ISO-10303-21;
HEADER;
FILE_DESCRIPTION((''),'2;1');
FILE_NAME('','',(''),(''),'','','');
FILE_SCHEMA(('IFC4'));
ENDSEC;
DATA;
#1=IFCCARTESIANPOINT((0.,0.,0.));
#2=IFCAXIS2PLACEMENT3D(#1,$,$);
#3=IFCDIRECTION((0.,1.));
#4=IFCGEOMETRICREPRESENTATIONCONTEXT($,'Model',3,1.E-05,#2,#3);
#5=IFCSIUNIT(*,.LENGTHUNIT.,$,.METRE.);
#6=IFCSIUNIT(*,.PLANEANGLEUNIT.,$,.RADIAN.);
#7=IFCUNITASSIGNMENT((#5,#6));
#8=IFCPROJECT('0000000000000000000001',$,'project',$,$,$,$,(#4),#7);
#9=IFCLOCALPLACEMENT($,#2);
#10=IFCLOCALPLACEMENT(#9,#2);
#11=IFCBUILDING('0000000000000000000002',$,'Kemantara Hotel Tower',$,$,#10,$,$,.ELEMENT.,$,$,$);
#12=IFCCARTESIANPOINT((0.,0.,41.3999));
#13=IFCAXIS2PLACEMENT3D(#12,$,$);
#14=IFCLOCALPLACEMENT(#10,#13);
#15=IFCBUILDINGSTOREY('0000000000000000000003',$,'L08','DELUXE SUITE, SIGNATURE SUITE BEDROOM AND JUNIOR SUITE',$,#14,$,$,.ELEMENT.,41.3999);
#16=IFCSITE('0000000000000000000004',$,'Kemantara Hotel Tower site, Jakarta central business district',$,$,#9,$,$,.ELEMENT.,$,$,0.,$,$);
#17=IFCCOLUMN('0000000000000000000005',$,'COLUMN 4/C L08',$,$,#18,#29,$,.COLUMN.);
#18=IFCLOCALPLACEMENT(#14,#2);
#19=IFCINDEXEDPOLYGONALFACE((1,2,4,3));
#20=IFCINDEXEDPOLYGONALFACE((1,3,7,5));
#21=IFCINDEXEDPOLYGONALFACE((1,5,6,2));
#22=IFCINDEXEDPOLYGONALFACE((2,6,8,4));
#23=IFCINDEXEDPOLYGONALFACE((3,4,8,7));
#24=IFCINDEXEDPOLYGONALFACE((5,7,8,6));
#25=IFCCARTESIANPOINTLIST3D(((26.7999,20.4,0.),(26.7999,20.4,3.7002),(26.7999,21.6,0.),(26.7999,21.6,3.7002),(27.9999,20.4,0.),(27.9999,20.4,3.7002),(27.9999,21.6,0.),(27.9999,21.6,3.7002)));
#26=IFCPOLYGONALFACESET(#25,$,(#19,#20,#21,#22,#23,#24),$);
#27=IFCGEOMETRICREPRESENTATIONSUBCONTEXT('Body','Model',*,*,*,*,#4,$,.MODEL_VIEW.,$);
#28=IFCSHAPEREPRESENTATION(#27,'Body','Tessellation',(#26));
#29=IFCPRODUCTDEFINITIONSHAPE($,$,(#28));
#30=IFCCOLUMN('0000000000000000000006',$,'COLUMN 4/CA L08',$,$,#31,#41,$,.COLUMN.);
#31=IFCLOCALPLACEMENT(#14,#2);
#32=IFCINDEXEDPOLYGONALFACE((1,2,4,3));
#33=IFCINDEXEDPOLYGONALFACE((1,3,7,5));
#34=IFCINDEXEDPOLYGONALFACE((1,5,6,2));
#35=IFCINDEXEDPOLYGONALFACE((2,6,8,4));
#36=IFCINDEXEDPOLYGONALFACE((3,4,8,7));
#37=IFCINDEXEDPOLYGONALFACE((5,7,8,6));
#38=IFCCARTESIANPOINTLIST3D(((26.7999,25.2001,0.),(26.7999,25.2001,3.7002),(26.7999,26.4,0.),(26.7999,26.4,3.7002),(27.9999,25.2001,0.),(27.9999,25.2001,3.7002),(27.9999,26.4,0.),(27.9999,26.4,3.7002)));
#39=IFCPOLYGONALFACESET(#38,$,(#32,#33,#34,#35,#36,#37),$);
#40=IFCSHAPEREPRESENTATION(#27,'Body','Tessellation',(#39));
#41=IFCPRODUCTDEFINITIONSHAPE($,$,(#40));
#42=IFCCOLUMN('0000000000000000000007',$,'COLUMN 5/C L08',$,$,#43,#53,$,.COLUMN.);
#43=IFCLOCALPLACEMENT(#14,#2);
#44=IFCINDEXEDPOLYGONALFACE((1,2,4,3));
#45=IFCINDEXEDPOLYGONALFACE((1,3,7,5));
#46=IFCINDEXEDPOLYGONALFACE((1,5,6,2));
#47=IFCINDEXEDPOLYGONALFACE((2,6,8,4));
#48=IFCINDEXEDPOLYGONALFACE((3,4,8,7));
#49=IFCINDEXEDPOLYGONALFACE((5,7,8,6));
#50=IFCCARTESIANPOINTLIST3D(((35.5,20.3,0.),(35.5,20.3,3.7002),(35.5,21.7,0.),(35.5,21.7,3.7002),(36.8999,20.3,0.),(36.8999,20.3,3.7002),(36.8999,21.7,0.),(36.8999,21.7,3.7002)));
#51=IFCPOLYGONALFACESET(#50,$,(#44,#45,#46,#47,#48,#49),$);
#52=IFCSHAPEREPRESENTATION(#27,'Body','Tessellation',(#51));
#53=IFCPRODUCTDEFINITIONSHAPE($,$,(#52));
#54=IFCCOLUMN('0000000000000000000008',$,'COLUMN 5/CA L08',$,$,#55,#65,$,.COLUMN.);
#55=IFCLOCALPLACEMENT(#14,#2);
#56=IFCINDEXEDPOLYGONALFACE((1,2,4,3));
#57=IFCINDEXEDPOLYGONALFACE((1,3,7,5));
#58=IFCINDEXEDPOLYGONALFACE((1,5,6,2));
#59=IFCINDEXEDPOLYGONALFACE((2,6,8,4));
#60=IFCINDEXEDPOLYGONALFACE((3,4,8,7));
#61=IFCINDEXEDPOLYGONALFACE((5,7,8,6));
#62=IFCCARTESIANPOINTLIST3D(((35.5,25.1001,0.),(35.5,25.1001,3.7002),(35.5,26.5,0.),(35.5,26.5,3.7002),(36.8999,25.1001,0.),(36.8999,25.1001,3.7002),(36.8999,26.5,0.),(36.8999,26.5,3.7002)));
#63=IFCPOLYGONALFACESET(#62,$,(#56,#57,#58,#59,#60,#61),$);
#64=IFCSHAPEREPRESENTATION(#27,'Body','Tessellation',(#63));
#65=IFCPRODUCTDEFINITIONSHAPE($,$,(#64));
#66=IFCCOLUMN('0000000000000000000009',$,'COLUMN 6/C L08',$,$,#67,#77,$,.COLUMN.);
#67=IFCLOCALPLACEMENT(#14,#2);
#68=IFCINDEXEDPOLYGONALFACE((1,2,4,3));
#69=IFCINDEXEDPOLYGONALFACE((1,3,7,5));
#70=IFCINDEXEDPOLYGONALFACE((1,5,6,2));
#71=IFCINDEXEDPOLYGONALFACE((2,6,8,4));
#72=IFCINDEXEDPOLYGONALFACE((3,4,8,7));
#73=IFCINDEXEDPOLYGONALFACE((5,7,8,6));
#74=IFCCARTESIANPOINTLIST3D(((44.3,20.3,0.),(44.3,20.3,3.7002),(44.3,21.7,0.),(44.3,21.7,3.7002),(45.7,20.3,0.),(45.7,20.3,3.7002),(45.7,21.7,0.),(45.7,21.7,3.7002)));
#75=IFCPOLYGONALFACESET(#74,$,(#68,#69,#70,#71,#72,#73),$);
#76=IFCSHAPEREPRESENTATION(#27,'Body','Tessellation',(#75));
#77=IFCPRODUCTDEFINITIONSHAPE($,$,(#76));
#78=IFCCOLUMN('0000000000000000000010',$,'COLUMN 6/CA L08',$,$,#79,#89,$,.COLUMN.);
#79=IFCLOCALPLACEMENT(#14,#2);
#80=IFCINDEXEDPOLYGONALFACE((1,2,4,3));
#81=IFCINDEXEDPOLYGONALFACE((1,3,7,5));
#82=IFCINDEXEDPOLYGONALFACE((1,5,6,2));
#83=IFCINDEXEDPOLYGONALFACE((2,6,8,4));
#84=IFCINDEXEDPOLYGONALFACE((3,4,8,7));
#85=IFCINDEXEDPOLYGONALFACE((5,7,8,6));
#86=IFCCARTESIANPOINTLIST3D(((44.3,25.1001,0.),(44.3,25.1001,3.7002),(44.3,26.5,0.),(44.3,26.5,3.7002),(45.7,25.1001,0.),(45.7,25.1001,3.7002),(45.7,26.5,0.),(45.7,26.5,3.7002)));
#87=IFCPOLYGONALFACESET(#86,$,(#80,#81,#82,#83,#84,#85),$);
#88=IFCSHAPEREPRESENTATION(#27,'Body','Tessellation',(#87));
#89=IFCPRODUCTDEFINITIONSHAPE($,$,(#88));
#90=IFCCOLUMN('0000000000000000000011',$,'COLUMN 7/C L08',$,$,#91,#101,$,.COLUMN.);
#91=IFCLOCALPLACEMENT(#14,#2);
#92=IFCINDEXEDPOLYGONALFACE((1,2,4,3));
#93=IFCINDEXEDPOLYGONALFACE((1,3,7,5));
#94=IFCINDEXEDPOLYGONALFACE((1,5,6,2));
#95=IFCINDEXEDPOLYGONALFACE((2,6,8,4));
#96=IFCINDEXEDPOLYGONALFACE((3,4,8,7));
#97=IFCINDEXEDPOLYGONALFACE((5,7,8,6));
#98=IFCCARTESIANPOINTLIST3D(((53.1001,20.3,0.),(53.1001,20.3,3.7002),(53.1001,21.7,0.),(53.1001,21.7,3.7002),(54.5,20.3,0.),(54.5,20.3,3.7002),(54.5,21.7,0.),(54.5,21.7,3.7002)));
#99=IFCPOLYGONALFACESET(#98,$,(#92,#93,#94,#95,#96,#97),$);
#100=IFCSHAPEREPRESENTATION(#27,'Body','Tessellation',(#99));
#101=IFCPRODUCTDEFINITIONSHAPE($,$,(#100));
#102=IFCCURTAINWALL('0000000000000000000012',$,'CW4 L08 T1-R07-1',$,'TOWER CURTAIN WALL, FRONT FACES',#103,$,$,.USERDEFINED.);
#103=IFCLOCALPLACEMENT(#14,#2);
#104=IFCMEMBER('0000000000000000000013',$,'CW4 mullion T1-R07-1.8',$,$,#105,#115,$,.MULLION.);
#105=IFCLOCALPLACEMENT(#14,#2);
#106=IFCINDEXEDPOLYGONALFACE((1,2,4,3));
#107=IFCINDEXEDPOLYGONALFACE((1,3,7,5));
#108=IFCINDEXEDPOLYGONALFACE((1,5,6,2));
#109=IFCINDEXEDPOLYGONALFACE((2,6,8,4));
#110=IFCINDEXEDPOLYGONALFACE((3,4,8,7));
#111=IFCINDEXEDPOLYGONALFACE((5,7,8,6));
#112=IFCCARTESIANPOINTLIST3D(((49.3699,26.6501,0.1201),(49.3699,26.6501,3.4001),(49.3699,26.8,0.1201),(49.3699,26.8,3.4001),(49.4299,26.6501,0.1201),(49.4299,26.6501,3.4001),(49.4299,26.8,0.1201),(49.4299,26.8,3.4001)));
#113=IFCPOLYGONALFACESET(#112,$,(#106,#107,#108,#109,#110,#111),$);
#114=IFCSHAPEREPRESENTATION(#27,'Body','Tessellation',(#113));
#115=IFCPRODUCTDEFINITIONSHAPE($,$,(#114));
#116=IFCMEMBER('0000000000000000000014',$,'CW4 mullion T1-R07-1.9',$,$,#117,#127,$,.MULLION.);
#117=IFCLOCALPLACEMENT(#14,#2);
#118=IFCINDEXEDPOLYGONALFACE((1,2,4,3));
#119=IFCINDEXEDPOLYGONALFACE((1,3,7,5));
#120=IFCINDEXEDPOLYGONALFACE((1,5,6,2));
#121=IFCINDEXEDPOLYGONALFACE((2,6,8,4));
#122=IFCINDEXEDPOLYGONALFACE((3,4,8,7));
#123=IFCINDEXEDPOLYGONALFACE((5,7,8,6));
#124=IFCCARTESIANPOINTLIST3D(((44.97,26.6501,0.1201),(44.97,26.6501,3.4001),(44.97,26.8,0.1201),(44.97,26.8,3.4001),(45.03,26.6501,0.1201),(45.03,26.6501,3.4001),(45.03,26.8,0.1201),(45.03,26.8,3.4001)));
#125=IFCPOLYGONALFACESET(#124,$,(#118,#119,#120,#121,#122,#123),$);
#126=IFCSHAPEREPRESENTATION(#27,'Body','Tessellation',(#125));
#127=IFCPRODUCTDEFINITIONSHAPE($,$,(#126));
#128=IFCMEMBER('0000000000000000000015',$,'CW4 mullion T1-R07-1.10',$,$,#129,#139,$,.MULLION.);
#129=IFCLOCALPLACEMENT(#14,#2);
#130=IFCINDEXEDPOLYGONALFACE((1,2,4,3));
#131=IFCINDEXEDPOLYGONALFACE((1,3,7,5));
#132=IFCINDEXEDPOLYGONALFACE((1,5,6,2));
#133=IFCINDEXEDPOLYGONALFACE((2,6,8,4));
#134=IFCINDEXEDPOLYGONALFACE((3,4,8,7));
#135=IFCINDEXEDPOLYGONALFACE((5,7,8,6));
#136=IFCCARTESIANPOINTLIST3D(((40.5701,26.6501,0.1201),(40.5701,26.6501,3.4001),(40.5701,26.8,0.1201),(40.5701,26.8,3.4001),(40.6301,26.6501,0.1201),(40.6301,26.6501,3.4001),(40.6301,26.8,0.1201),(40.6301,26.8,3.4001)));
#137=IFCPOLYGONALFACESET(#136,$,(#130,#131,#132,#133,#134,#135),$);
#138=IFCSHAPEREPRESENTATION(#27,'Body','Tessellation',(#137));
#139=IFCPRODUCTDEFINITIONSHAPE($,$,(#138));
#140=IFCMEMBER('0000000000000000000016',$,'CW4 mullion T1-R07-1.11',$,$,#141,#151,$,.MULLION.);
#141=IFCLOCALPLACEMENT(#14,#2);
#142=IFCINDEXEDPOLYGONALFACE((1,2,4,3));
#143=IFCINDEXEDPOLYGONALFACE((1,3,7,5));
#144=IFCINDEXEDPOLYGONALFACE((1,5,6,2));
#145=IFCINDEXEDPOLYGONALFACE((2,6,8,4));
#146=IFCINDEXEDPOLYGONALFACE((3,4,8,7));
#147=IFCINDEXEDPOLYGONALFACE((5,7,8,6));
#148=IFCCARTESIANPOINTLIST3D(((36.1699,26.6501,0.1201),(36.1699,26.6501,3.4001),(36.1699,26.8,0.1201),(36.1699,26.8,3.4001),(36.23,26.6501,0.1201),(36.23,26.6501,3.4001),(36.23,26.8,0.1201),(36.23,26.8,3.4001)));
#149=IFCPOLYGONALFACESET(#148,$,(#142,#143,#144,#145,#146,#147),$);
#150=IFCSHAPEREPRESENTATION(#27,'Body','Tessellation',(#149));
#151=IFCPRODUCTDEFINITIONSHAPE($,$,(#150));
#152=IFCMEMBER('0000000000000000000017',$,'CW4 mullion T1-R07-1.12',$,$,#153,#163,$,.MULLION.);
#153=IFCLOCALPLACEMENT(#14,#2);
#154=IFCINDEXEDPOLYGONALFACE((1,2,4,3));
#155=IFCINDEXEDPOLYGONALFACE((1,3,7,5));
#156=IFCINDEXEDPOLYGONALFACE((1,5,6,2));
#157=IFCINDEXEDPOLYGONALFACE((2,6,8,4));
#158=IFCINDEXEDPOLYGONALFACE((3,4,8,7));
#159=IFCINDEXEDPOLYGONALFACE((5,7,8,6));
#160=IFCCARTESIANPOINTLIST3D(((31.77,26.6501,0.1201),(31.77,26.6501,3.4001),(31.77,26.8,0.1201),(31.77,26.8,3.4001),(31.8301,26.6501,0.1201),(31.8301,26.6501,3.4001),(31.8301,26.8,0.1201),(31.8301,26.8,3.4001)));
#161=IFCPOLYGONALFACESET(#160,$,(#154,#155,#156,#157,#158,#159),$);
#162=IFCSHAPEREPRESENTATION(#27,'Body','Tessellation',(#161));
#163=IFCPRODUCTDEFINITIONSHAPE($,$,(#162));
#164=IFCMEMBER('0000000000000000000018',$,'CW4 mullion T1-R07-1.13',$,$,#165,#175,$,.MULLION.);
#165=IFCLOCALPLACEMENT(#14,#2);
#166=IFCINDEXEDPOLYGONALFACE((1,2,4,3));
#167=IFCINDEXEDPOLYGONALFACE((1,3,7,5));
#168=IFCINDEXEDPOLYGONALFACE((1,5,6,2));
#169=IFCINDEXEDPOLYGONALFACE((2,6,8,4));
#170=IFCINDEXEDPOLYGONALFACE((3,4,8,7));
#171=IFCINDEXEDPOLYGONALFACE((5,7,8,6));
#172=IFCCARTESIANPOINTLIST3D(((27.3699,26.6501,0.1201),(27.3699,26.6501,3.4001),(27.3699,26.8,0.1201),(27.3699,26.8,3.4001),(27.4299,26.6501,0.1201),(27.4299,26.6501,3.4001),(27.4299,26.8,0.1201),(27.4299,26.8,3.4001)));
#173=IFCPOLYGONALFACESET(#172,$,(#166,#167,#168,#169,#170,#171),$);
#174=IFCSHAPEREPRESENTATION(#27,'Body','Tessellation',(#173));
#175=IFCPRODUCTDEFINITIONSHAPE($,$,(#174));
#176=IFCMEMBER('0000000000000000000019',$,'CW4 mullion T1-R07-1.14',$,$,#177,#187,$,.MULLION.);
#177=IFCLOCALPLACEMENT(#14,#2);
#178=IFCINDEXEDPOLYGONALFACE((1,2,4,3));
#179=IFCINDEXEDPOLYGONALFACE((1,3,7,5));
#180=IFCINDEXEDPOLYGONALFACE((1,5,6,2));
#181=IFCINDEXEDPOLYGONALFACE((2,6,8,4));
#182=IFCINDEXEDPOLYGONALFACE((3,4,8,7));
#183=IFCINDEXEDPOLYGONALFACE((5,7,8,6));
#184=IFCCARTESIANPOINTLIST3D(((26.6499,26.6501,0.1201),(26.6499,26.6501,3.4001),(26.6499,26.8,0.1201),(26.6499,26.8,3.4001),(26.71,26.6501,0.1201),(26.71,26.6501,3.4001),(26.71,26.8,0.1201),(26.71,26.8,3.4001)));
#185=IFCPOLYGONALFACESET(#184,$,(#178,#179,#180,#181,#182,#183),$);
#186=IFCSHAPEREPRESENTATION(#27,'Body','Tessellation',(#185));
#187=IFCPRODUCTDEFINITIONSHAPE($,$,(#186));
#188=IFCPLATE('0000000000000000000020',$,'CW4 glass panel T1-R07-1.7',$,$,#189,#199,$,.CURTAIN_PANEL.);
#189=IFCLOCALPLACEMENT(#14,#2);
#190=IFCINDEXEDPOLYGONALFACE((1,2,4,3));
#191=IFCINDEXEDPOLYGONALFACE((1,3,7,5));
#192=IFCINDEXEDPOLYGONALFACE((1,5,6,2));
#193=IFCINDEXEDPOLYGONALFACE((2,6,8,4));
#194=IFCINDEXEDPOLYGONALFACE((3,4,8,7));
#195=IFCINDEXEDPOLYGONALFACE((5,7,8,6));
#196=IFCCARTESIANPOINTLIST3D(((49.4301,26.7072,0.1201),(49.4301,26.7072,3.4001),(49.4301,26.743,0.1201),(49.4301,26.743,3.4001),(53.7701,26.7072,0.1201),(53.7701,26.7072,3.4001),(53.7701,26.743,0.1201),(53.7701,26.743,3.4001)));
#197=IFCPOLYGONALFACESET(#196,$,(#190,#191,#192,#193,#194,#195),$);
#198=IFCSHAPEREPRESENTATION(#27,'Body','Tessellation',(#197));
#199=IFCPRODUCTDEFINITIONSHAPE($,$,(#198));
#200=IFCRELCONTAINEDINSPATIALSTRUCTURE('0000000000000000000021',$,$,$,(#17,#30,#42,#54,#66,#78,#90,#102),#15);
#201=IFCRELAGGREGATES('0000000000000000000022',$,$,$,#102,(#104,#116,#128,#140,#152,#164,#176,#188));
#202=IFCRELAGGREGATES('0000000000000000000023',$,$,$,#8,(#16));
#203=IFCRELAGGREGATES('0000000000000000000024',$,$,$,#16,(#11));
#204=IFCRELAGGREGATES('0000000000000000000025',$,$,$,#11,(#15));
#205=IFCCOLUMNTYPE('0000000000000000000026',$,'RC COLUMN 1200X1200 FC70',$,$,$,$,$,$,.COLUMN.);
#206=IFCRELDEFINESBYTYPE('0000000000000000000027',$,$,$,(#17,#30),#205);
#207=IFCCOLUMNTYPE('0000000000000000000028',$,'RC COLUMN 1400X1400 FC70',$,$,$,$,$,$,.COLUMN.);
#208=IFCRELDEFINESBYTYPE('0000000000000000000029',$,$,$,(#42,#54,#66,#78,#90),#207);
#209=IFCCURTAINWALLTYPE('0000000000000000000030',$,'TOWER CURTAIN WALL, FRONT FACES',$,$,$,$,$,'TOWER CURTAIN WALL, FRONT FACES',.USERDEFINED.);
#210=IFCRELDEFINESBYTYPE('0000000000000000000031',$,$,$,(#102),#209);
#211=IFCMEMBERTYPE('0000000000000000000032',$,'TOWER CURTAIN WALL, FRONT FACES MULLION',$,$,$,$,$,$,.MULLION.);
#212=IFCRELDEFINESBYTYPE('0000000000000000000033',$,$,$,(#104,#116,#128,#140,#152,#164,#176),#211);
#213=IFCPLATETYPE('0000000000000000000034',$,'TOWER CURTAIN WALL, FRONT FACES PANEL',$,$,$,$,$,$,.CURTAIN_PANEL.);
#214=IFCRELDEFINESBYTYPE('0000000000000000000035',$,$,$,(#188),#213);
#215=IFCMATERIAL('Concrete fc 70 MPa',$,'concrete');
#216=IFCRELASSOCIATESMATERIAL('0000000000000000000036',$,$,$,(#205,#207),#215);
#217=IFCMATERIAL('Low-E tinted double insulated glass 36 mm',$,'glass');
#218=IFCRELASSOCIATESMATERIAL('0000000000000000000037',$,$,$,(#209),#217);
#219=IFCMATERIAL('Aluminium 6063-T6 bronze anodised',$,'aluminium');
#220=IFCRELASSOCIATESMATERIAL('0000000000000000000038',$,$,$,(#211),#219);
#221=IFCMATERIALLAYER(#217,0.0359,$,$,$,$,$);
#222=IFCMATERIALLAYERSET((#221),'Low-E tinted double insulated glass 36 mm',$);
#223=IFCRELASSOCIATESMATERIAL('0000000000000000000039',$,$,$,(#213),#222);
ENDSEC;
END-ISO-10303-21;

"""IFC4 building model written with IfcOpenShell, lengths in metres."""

from ifc_helpers import new_model, si_unit, direction, frame, origin, origin_2d, place, context, subcontext, project, spatial, rectangle, extrude, source, transform, mapped, material, layer, layer_set, material_profile, profile_set, type_object, element, aggregate, save


model = new_model("IFC4")

# Units and contexts
model_context = context("Model", 3, precision=1e-05, world=origin(), true_north=direction((0.0, 1.0)))
body_context = subcontext(model_context, "Body", "Model", "MODEL_VIEW")
ifc_project = project(units=[si_unit("LENGTHUNIT", "METRE"), si_unit("PLANEANGLEUNIT", "RADIAN")], contexts=[model_context])

# Site, building, storey
site_placement = place(None, origin())
site = spatial("IfcSite", under=ifc_project, at=site_placement, Name="Kemantara Hotel Tower site, Jakarta central business district", CompositionType="ELEMENT", RefElevation=0.0)
building_placement = place(site_placement, origin())
building = spatial("IfcBuilding", under=site, at=building_placement, Name="Kemantara Hotel Tower", CompositionType="ELEMENT")
storey_placement = place(building_placement, frame((0.0, 0.0, 41.3999)))
storey = spatial("IfcBuildingStorey", under=building, at=storey_placement, Name="L08", Description="DELUXE SUITE, SIGNATURE SUITE BEDROOM AND JUNIOR SUITE", CompositionType="ELEMENT", Elevation=41.3999)

# Columns
ifc_material_1 = material(Name="Concrete fc 70 MPa", Category="concrete")
ifc_material_profile_1 = material_profile(ifc_material_1, rectangle(XDim=1.2, YDim=1.2, at=origin_2d()), Name="RC 1200X1200")
ifc_profile_set_1 = profile_set([ifc_material_profile_1], Name="Concrete fc 70 MPa")
column_type_1 = type_object("IfcColumnType", Name="RC COLUMN 1200X1200 FC70", PredefinedType="COLUMN", material=ifc_profile_set_1)
for number, where, z_axis, x_axis, name in (
    (1, (27.3999, 21.0, 0.0), (0.0, 0.0, 1.0), (1.0, 0.0, 0.0), "COLUMN 4/C L08"),
    (2, (27.3999, 25.8, 0.0), (0.0, 0.0, 1.0), (1.0, 0.0, 0.0), "COLUMN 4/CA L08"),
):
    element("IfcColumn", number, at=place(storey_placement, frame(where, z_axis=z_axis, x_axis=x_axis)), inside=storey, type_object=column_type_1, Name=name, PredefinedType="COLUMN", context=body_context, shape_type="SweptSolid", body=[
        extrude(rectangle(XDim=1.2, YDim=1.2, at=origin_2d()), origin(), (0.0, 0.0, 1.0), 3.7002),
    ])
ifc_material_profile_2 = material_profile(ifc_material_1, rectangle(XDim=1.3999, YDim=1.3999, at=origin_2d()), Name="RC 1400X1400")
ifc_profile_set_2 = profile_set([ifc_material_profile_2], Name="Concrete fc 70 MPa")
column_type_2 = type_object("IfcColumnType", Name="RC COLUMN 1400X1400 FC70", PredefinedType="COLUMN", material=ifc_profile_set_2)
for number, where, z_axis, x_axis, name in (
    (3, (36.2, 21.0, 0.0), (0.0, 0.0, 1.0), (1.0, 0.0, 0.0), "COLUMN 5/C L08"),
    (4, (36.2, 25.8, 0.0), (0.0, 0.0, 1.0), (1.0, 0.0, 0.0), "COLUMN 5/CA L08"),
    (5, (45.0, 21.0, 0.0), (0.0, 0.0, 1.0), (1.0, 0.0, 0.0), "COLUMN 6/C L08"),
    (6, (45.0, 25.8, 0.0), (0.0, 0.0, 1.0), (1.0, 0.0, 0.0), "COLUMN 6/CA L08"),
    (7, (53.8, 21.0, 0.0), (0.0, 0.0, 1.0), (1.0, 0.0, 0.0), "COLUMN 7/C L08"),
):
    element("IfcColumn", number, at=place(storey_placement, frame(where, z_axis=z_axis, x_axis=x_axis)), inside=storey, type_object=column_type_2, Name=name, PredefinedType="COLUMN", context=body_context, shape_type="SweptSolid", body=[
        extrude(rectangle(XDim=1.3999, YDim=1.3999, at=origin_2d()), origin(), (0.0, 0.0, 1.0), 3.7002),
    ])

# Curtain wall, members, plate
ifc_material_2 = material(Name="Low-E tinted double insulated glass 36 mm", Category="glass")
curtain_wall_type = type_object("IfcCurtainWallType", Name="TOWER CURTAIN WALL, FRONT FACES", ElementType="TOWER CURTAIN WALL, FRONT FACES", PredefinedType="USERDEFINED", material=ifc_material_2)
curtain_wall_placement = place(storey_placement, origin())
curtain_wall = element("IfcCurtainWall", 8, at=curtain_wall_placement, inside=storey, type_object=curtain_wall_type, Name="CW4 L08 T1-R07-1", ObjectType="TOWER CURTAIN WALL, FRONT FACES", PredefinedType="USERDEFINED")
ifc_material_3 = material(Name="Aluminium 6063-T6 bronze anodised", Category="aluminium")
ifc_material_profile_3 = material_profile(ifc_material_3, rectangle(XDim=0.1499, YDim=0.0601, at=origin_2d()), Name="TOWER CURTAIN WALL, FRONT FACES MULLION")
ifc_profile_set_3 = profile_set([ifc_material_profile_3], Name="Aluminium 6063-T6 bronze anodised")
member_type = type_object("IfcMemberType", Name="TOWER CURTAIN WALL, FRONT FACES MULLION", PredefinedType="MULLION", material=ifc_profile_set_3)
shared_shape_1 = source(origin(), body_context, "Body", "SweptSolid", [
    extrude(rectangle(XDim=0.1499, YDim=0.0601, at=origin_2d()), origin(), (0.0, 0.0, 1.0), 3.28),
])
member_1_placement = place(storey_placement, frame((49.3999, 26.7251, 0.1201), z_axis=(0.0, 0.0, 1.0), x_axis=(0.0, -1.0, 0.0)))
member_1 = element("IfcMember", 9, at=member_1_placement, type_object=member_type, Name="CW4 mullion T1-R07-1.8", PredefinedType="MULLION", context=body_context, shape_type="MappedRepresentation", body=[
    mapped(shared_shape_1, transform((0.0, 0.0, 0.0))),
])
member_2_placement = place(storey_placement, frame((45.0, 26.7251, 0.1201), z_axis=(0.0, 0.0, 1.0), x_axis=(0.0, -1.0, 0.0)))
member_2 = element("IfcMember", 10, at=member_2_placement, type_object=member_type, Name="CW4 mullion T1-R07-1.9", PredefinedType="MULLION", context=body_context, shape_type="MappedRepresentation", body=[
    mapped(shared_shape_1, transform((0.0, 0.0, 0.0))),
])
member_3_placement = place(storey_placement, frame((40.6001, 26.7251, 0.1201), z_axis=(0.0, 0.0, 1.0), x_axis=(0.0, -1.0, 0.0)))
member_3 = element("IfcMember", 11, at=member_3_placement, type_object=member_type, Name="CW4 mullion T1-R07-1.10", PredefinedType="MULLION", context=body_context, shape_type="MappedRepresentation", body=[
    mapped(shared_shape_1, transform((0.0, 0.0, 0.0))),
])
member_4_placement = place(storey_placement, frame((36.2, 26.7251, 0.1201), z_axis=(0.0, 0.0, 1.0), x_axis=(0.0, -1.0, 0.0)))
member_4 = element("IfcMember", 12, at=member_4_placement, type_object=member_type, Name="CW4 mullion T1-R07-1.11", PredefinedType="MULLION", context=body_context, shape_type="MappedRepresentation", body=[
    mapped(shared_shape_1, transform((0.0, 0.0, 0.0))),
])
member_5_placement = place(storey_placement, frame((31.8, 26.7251, 0.1201), z_axis=(0.0, 0.0, 1.0), x_axis=(0.0, -1.0, 0.0)))
member_5 = element("IfcMember", 13, at=member_5_placement, type_object=member_type, Name="CW4 mullion T1-R07-1.12", PredefinedType="MULLION", context=body_context, shape_type="MappedRepresentation", body=[
    mapped(shared_shape_1, transform((0.0, 0.0, 0.0))),
])
member_6_placement = place(storey_placement, frame((27.3999, 26.7251, 0.1201), z_axis=(0.0, 0.0, 1.0), x_axis=(0.0, -1.0, 0.0)))
member_6 = element("IfcMember", 14, at=member_6_placement, type_object=member_type, Name="CW4 mullion T1-R07-1.13", PredefinedType="MULLION", context=body_context, shape_type="MappedRepresentation", body=[
    mapped(shared_shape_1, transform((0.0, 0.0, 0.0))),
])
member_7_placement = place(storey_placement, frame((26.6799, 26.7251, 0.1201), z_axis=(0.0, 0.0, 1.0), x_axis=(0.0, -1.0, 0.0)))
member_7 = element("IfcMember", 15, at=member_7_placement, type_object=member_type, Name="CW4 mullion T1-R07-1.14", PredefinedType="MULLION", context=body_context, shape_type="MappedRepresentation", body=[
    mapped(shared_shape_1, transform((0.0, 0.0, 0.0))),
])
ifc_layer_1 = layer(ifc_material_2, 0.0359)
ifc_layer_set_1 = layer_set([ifc_layer_1], Name="Low-E tinted double insulated glass 36 mm")
plate_type = type_object("IfcPlateType", Name="TOWER CURTAIN WALL, FRONT FACES PANEL", PredefinedType="CURTAIN_PANEL", material=ifc_layer_set_1)
shared_shape_2 = source(origin(), body_context, "Body", "SweptSolid", [
    extrude(rectangle(XDim=4.3401, YDim=0.0359, at=origin_2d()), origin(), (0.0, 0.0, 1.0), 3.28),
])
plate_1_placement = place(storey_placement, frame((51.6001, 26.7251, 0.1201), z_axis=(0.0, 0.0, 1.0), x_axis=(-1.0, 0.0, 0.0)))
plate_1 = element("IfcPlate", 16, at=plate_1_placement, type_object=plate_type, Name="CW4 glass panel T1-R07-1.7", PredefinedType="CURTAIN_PANEL", context=body_context, shape_type="MappedRepresentation", body=[
    mapped(shared_shape_2, transform((0.0, 0.0, 0.0))),
])
aggregate(curtain_wall, [member_1, member_2, member_3, member_4, member_5, member_6, member_7, plate_1])

save(model, "model.ifc")
